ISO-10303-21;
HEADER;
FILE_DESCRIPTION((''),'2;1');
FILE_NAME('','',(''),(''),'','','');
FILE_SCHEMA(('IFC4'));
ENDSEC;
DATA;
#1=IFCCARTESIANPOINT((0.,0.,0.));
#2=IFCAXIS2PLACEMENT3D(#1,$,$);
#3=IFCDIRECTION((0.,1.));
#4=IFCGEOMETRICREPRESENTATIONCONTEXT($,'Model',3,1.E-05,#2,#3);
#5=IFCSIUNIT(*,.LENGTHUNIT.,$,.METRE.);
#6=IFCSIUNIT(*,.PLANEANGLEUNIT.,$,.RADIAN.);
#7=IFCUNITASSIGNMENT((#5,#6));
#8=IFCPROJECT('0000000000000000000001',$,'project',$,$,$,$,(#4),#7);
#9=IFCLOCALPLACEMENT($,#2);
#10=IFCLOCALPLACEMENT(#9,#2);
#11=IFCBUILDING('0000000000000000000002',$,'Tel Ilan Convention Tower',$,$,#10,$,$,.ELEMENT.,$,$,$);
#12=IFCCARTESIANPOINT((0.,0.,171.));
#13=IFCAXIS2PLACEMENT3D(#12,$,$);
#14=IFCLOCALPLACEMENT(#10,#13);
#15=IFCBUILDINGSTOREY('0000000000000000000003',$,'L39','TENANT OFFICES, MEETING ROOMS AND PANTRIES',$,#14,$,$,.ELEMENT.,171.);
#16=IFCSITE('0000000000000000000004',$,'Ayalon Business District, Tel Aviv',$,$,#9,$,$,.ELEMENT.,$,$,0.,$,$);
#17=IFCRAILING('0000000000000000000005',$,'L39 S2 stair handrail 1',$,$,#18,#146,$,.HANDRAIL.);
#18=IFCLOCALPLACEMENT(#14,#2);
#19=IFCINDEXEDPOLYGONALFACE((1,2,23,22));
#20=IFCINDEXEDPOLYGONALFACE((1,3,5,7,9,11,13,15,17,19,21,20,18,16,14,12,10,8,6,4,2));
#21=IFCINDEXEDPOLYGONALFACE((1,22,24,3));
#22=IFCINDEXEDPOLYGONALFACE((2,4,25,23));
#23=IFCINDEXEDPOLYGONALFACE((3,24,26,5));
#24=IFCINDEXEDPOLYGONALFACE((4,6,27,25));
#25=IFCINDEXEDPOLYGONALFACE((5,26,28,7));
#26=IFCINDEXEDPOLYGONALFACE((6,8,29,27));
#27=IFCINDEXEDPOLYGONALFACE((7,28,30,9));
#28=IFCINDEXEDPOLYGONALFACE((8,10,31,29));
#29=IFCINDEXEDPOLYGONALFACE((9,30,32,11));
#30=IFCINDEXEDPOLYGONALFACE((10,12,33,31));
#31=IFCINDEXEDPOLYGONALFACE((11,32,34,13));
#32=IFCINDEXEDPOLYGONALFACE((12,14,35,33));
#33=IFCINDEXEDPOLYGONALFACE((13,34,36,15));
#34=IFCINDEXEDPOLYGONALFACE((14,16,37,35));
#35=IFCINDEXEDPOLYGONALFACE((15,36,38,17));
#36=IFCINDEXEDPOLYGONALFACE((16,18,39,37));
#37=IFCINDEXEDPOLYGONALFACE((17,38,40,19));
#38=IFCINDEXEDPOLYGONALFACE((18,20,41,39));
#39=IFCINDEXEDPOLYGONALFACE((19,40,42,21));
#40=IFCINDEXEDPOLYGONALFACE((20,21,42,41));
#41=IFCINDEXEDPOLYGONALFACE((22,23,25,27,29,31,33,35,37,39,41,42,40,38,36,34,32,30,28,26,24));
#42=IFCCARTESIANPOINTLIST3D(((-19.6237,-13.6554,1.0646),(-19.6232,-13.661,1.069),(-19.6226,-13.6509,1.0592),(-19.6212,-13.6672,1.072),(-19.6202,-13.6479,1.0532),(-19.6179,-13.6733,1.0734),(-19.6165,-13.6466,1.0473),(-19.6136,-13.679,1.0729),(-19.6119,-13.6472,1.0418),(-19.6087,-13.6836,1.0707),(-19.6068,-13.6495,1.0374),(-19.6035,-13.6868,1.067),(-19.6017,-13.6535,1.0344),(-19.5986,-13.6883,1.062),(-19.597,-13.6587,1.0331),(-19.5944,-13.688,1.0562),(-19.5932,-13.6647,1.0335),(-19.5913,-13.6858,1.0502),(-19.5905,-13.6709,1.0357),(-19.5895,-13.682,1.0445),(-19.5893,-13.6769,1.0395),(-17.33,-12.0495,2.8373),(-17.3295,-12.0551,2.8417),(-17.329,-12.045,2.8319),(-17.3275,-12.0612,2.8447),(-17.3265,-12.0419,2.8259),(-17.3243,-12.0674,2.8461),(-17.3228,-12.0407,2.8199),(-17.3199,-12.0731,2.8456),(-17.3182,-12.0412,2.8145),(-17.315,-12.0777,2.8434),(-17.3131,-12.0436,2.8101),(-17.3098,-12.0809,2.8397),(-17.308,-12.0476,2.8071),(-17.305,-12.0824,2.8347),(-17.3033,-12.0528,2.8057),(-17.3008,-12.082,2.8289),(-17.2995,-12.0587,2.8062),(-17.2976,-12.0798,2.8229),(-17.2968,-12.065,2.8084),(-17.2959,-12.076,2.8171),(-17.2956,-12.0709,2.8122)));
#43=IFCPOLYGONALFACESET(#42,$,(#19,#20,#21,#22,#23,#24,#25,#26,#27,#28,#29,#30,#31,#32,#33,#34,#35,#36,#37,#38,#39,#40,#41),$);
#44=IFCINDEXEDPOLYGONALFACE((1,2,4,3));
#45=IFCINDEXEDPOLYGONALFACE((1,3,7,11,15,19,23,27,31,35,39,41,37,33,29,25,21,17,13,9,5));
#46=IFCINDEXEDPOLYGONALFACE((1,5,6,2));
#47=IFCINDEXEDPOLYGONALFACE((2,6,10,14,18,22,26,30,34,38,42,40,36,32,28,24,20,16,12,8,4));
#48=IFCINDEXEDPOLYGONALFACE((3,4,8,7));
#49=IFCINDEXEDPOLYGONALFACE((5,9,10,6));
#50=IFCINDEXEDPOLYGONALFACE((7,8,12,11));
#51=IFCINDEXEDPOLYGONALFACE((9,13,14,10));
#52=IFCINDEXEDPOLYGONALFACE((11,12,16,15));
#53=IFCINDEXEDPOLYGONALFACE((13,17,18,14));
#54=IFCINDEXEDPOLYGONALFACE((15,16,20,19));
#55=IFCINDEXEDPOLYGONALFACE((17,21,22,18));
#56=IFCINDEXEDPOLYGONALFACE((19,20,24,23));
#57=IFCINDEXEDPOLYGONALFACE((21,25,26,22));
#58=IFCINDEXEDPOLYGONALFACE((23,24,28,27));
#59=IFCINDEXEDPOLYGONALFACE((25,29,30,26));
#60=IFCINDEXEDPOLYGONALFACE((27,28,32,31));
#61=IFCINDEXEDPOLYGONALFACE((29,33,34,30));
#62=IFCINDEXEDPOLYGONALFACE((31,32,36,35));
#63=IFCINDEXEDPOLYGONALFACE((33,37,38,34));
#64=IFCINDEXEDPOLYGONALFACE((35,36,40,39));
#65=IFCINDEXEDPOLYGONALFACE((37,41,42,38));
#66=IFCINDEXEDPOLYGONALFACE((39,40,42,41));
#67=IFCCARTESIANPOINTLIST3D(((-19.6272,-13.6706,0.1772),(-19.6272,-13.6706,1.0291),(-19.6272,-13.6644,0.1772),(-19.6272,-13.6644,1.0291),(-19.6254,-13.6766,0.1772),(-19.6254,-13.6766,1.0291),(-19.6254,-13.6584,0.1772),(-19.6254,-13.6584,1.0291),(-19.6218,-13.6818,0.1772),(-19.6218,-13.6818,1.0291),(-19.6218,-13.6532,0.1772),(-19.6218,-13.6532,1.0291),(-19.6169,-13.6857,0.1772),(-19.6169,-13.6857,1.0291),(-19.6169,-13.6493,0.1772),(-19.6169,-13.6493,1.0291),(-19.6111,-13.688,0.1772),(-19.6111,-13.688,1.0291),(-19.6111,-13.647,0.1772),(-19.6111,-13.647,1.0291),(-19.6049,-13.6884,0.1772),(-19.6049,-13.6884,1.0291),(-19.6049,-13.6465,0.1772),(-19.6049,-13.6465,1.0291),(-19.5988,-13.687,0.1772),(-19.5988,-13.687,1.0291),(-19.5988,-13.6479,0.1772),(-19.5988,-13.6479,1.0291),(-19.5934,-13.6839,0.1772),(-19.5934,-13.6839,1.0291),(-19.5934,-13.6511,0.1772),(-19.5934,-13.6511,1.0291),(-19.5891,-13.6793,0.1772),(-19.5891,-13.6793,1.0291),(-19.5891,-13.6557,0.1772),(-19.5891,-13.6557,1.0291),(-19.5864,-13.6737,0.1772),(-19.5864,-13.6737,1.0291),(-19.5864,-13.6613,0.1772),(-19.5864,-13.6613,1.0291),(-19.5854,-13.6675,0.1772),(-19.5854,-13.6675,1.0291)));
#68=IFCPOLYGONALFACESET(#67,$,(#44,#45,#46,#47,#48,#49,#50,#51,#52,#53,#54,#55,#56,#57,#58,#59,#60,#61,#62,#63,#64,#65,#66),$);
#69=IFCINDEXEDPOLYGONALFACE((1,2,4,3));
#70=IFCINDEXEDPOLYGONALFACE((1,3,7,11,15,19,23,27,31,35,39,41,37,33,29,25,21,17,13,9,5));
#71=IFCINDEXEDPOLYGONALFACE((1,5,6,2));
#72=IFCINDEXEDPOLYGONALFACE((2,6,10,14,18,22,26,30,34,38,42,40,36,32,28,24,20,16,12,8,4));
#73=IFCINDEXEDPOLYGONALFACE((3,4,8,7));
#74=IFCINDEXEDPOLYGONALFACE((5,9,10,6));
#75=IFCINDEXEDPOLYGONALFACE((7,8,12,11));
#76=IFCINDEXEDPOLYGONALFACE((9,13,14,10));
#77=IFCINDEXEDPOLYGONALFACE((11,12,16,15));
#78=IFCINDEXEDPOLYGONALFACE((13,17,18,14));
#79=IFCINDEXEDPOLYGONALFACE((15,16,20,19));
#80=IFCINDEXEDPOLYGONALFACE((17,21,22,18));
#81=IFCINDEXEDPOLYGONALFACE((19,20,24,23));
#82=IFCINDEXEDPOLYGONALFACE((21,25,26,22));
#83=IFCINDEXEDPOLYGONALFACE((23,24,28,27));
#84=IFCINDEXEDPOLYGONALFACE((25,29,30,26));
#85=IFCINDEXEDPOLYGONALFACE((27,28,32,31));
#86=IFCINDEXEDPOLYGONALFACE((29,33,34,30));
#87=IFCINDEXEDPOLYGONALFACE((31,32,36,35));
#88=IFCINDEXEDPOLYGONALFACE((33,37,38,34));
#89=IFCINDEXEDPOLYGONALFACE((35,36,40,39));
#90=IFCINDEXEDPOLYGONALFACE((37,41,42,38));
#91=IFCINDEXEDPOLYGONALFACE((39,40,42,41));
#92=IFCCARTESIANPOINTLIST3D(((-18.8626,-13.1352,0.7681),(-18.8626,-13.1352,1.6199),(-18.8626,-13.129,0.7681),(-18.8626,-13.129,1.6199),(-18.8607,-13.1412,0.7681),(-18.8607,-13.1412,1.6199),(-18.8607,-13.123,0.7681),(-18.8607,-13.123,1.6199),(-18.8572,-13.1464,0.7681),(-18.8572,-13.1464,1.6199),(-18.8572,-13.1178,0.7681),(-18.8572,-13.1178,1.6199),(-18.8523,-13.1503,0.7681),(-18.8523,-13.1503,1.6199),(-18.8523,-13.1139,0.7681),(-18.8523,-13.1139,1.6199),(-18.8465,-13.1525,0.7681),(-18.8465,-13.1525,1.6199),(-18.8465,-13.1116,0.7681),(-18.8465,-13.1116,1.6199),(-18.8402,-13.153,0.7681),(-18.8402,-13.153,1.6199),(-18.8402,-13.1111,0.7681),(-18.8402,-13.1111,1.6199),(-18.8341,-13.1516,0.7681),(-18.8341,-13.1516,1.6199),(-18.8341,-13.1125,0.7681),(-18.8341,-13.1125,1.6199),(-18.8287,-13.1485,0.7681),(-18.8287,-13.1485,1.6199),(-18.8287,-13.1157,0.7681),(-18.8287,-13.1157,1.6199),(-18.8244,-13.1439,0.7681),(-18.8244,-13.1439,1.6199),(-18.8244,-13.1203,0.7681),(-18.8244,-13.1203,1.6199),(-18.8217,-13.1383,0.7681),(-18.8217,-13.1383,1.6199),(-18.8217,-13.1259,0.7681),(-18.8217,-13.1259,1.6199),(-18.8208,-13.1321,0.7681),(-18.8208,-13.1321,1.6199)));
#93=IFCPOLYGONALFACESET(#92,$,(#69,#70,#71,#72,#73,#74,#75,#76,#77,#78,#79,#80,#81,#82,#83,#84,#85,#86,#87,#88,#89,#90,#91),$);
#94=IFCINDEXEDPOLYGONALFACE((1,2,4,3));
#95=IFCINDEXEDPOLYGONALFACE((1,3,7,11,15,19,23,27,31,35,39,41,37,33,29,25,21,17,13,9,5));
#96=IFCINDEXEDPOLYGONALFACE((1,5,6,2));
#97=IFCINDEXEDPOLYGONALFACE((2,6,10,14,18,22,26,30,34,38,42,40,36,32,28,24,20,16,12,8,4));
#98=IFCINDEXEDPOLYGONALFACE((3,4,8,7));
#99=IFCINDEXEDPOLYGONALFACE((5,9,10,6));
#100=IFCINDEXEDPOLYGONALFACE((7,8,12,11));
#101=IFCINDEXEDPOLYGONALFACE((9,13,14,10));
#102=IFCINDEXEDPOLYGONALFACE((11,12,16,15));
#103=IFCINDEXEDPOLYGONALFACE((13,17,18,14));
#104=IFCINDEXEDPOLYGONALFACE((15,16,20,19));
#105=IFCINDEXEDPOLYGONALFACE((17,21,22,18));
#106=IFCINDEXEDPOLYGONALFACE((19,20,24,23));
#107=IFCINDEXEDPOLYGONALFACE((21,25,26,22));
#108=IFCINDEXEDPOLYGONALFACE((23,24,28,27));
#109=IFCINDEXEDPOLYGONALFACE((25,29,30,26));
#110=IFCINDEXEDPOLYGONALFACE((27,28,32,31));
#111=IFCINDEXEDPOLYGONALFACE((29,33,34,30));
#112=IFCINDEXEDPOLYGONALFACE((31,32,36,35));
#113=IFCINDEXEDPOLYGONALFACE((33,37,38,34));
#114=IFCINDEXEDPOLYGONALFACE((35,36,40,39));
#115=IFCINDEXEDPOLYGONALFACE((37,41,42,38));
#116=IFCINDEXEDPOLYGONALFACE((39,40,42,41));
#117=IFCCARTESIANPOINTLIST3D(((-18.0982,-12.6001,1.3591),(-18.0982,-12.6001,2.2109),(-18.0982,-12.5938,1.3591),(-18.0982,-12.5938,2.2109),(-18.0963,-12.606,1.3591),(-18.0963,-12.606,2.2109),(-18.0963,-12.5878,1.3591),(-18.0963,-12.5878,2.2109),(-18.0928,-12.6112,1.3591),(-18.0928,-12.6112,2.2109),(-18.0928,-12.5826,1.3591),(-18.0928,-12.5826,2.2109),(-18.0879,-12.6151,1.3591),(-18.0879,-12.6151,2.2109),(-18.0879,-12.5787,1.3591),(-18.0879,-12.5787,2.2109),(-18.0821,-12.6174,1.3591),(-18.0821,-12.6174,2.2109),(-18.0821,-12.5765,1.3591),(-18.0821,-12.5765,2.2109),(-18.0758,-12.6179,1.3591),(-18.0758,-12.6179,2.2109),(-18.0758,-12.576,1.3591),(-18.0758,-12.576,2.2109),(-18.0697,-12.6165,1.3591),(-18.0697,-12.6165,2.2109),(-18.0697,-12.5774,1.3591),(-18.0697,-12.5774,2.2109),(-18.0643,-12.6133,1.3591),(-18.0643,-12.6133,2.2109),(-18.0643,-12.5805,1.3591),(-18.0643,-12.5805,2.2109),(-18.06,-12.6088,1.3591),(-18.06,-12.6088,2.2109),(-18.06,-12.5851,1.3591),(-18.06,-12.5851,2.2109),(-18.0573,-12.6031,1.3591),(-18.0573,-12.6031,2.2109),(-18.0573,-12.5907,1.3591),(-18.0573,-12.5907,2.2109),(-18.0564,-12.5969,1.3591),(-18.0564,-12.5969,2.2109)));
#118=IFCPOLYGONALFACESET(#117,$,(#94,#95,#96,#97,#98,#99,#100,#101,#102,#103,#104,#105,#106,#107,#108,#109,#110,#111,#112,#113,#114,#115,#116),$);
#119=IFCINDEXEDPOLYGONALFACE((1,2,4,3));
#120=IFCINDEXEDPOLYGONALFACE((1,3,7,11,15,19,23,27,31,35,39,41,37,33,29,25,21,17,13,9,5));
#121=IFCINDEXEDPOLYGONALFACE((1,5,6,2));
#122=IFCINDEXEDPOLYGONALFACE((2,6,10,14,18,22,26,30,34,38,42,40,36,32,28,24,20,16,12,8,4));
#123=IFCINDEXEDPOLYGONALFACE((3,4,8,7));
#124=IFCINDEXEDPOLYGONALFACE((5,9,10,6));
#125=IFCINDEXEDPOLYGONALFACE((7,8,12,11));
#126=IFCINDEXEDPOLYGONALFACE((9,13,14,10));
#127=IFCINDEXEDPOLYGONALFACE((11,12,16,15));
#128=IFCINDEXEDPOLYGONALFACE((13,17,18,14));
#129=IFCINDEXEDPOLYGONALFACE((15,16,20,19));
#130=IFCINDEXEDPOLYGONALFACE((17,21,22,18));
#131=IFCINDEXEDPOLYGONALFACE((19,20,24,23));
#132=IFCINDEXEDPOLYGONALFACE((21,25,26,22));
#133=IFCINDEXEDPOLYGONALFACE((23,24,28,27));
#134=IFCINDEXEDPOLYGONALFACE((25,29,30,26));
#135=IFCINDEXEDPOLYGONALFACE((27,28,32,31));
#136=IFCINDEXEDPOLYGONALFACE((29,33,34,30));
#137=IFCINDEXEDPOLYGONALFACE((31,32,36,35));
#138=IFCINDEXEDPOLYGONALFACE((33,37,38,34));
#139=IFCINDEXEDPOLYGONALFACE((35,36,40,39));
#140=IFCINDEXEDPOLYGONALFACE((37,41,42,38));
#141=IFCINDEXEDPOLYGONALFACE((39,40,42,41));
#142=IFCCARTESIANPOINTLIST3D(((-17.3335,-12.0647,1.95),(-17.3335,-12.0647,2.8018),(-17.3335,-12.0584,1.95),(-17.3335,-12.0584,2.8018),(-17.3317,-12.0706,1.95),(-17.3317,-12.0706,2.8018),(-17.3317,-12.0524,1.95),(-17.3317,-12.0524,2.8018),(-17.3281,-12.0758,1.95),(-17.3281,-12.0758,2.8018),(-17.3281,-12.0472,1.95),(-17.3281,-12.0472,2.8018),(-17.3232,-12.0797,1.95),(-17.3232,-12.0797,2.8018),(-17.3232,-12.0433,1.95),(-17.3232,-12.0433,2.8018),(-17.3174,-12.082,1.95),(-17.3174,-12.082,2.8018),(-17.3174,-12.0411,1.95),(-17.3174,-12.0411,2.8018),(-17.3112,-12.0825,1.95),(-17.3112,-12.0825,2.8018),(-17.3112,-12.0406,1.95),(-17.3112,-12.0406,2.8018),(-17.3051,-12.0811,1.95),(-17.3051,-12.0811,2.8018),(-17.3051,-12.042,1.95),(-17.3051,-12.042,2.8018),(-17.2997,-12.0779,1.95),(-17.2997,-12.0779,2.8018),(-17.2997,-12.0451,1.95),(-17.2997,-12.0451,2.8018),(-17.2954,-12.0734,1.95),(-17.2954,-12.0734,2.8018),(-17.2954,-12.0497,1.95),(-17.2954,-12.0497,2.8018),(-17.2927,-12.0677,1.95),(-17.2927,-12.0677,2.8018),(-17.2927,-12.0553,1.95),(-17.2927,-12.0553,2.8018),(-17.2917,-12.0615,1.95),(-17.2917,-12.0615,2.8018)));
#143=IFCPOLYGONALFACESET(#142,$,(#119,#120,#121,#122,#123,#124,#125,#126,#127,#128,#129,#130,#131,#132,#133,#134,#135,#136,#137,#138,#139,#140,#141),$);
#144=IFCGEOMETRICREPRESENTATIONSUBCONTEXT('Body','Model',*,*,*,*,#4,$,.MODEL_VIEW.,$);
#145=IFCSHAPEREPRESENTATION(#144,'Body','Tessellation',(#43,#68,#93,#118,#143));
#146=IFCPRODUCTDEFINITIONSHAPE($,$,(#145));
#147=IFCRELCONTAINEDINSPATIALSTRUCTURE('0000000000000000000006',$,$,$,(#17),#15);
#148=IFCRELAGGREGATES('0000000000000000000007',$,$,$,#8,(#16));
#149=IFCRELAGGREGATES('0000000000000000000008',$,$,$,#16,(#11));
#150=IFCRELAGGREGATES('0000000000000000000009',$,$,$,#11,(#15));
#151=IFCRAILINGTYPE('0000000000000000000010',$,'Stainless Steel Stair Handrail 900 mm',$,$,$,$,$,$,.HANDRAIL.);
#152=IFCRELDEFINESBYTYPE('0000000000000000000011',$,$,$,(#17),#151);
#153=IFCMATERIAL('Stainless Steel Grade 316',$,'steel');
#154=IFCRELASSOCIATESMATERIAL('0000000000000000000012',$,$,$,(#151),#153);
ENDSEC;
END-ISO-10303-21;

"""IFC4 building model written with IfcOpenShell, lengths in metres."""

from ifc_helpers import new_model, si_unit, direction, frame, origin, origin_2d, place, context, subcontext, project, spatial, circle, extrude, material, type_object, element, save


model = new_model("IFC4")

# Units and contexts
model_context = context("Model", 3, precision=1e-05, world=origin(), true_north=direction((0.0, 1.0)))
body_context = subcontext(model_context, "Body", "Model", "MODEL_VIEW")
ifc_project = project(units=[si_unit("LENGTHUNIT", "METRE"), si_unit("PLANEANGLEUNIT", "RADIAN")], contexts=[model_context])

# Site, building, storey
site_placement = place(None, origin())
site = spatial("IfcSite", under=ifc_project, at=site_placement, Name="Ayalon Business District, Tel Aviv", CompositionType="ELEMENT", RefElevation=0.0)
building_placement = place(site_placement, origin())
building = spatial("IfcBuilding", under=site, at=building_placement, Name="Tel Ilan Convention Tower", CompositionType="ELEMENT")
storey_placement = place(building_placement, frame((0.0, 0.0, 171.0)))
storey = spatial("IfcBuildingStorey", under=building, at=storey_placement, Name="L39", Description="TENANT OFFICES, MEETING ROOMS AND PANTRIES", CompositionType="ELEMENT", Elevation=171.0)

# Railing
ifc_material_1 = material(Name="Stainless Steel Grade 316", Category="steel")
railing_type_1 = type_object("IfcRailingType", Name="Stainless Steel Stair Handrail 900 mm", PredefinedType="HANDRAIL", material=ifc_material_1)
railing_1_placement = place(storey_placement, frame((-19.6064, -13.6675, 0.1772)))
element("IfcRailing", 1, at=railing_1_placement, inside=storey, type_object=railing_type_1, Name="L39 S2 stair handrail 1", PredefinedType="HANDRAIL", context=body_context, shape_type="SweptSolid", body=[
    extrude(circle(Radius=0.0239, at=origin_2d()), frame((0.0, 0.0, 0.876), z_axis=(0.692123, 0.484597, 0.534913), x_axis=(-0.57355, 0.81917, 0.0)), (0.0, 0.0, 1.0), 3.314),
    extrude(circle(Radius=0.021, at=origin_2d()), origin(), (0.0, 0.0, 1.0), 0.8518),
    extrude(circle(Radius=0.021, at=origin_2d()), frame((0.7646, 0.5354, 0.5908)), (0.0, 0.0, 1.0), 0.8518),
    extrude(circle(Radius=0.021, at=origin_2d()), frame((1.5291, 1.0706, 1.1819)), (0.0, 0.0, 1.0), 0.8518),
    extrude(circle(Radius=0.021, at=origin_2d()), frame((2.2937, 1.606, 1.7727)), (0.0, 0.0, 1.0), 0.8518),
])

save(model, "model.ifc")
